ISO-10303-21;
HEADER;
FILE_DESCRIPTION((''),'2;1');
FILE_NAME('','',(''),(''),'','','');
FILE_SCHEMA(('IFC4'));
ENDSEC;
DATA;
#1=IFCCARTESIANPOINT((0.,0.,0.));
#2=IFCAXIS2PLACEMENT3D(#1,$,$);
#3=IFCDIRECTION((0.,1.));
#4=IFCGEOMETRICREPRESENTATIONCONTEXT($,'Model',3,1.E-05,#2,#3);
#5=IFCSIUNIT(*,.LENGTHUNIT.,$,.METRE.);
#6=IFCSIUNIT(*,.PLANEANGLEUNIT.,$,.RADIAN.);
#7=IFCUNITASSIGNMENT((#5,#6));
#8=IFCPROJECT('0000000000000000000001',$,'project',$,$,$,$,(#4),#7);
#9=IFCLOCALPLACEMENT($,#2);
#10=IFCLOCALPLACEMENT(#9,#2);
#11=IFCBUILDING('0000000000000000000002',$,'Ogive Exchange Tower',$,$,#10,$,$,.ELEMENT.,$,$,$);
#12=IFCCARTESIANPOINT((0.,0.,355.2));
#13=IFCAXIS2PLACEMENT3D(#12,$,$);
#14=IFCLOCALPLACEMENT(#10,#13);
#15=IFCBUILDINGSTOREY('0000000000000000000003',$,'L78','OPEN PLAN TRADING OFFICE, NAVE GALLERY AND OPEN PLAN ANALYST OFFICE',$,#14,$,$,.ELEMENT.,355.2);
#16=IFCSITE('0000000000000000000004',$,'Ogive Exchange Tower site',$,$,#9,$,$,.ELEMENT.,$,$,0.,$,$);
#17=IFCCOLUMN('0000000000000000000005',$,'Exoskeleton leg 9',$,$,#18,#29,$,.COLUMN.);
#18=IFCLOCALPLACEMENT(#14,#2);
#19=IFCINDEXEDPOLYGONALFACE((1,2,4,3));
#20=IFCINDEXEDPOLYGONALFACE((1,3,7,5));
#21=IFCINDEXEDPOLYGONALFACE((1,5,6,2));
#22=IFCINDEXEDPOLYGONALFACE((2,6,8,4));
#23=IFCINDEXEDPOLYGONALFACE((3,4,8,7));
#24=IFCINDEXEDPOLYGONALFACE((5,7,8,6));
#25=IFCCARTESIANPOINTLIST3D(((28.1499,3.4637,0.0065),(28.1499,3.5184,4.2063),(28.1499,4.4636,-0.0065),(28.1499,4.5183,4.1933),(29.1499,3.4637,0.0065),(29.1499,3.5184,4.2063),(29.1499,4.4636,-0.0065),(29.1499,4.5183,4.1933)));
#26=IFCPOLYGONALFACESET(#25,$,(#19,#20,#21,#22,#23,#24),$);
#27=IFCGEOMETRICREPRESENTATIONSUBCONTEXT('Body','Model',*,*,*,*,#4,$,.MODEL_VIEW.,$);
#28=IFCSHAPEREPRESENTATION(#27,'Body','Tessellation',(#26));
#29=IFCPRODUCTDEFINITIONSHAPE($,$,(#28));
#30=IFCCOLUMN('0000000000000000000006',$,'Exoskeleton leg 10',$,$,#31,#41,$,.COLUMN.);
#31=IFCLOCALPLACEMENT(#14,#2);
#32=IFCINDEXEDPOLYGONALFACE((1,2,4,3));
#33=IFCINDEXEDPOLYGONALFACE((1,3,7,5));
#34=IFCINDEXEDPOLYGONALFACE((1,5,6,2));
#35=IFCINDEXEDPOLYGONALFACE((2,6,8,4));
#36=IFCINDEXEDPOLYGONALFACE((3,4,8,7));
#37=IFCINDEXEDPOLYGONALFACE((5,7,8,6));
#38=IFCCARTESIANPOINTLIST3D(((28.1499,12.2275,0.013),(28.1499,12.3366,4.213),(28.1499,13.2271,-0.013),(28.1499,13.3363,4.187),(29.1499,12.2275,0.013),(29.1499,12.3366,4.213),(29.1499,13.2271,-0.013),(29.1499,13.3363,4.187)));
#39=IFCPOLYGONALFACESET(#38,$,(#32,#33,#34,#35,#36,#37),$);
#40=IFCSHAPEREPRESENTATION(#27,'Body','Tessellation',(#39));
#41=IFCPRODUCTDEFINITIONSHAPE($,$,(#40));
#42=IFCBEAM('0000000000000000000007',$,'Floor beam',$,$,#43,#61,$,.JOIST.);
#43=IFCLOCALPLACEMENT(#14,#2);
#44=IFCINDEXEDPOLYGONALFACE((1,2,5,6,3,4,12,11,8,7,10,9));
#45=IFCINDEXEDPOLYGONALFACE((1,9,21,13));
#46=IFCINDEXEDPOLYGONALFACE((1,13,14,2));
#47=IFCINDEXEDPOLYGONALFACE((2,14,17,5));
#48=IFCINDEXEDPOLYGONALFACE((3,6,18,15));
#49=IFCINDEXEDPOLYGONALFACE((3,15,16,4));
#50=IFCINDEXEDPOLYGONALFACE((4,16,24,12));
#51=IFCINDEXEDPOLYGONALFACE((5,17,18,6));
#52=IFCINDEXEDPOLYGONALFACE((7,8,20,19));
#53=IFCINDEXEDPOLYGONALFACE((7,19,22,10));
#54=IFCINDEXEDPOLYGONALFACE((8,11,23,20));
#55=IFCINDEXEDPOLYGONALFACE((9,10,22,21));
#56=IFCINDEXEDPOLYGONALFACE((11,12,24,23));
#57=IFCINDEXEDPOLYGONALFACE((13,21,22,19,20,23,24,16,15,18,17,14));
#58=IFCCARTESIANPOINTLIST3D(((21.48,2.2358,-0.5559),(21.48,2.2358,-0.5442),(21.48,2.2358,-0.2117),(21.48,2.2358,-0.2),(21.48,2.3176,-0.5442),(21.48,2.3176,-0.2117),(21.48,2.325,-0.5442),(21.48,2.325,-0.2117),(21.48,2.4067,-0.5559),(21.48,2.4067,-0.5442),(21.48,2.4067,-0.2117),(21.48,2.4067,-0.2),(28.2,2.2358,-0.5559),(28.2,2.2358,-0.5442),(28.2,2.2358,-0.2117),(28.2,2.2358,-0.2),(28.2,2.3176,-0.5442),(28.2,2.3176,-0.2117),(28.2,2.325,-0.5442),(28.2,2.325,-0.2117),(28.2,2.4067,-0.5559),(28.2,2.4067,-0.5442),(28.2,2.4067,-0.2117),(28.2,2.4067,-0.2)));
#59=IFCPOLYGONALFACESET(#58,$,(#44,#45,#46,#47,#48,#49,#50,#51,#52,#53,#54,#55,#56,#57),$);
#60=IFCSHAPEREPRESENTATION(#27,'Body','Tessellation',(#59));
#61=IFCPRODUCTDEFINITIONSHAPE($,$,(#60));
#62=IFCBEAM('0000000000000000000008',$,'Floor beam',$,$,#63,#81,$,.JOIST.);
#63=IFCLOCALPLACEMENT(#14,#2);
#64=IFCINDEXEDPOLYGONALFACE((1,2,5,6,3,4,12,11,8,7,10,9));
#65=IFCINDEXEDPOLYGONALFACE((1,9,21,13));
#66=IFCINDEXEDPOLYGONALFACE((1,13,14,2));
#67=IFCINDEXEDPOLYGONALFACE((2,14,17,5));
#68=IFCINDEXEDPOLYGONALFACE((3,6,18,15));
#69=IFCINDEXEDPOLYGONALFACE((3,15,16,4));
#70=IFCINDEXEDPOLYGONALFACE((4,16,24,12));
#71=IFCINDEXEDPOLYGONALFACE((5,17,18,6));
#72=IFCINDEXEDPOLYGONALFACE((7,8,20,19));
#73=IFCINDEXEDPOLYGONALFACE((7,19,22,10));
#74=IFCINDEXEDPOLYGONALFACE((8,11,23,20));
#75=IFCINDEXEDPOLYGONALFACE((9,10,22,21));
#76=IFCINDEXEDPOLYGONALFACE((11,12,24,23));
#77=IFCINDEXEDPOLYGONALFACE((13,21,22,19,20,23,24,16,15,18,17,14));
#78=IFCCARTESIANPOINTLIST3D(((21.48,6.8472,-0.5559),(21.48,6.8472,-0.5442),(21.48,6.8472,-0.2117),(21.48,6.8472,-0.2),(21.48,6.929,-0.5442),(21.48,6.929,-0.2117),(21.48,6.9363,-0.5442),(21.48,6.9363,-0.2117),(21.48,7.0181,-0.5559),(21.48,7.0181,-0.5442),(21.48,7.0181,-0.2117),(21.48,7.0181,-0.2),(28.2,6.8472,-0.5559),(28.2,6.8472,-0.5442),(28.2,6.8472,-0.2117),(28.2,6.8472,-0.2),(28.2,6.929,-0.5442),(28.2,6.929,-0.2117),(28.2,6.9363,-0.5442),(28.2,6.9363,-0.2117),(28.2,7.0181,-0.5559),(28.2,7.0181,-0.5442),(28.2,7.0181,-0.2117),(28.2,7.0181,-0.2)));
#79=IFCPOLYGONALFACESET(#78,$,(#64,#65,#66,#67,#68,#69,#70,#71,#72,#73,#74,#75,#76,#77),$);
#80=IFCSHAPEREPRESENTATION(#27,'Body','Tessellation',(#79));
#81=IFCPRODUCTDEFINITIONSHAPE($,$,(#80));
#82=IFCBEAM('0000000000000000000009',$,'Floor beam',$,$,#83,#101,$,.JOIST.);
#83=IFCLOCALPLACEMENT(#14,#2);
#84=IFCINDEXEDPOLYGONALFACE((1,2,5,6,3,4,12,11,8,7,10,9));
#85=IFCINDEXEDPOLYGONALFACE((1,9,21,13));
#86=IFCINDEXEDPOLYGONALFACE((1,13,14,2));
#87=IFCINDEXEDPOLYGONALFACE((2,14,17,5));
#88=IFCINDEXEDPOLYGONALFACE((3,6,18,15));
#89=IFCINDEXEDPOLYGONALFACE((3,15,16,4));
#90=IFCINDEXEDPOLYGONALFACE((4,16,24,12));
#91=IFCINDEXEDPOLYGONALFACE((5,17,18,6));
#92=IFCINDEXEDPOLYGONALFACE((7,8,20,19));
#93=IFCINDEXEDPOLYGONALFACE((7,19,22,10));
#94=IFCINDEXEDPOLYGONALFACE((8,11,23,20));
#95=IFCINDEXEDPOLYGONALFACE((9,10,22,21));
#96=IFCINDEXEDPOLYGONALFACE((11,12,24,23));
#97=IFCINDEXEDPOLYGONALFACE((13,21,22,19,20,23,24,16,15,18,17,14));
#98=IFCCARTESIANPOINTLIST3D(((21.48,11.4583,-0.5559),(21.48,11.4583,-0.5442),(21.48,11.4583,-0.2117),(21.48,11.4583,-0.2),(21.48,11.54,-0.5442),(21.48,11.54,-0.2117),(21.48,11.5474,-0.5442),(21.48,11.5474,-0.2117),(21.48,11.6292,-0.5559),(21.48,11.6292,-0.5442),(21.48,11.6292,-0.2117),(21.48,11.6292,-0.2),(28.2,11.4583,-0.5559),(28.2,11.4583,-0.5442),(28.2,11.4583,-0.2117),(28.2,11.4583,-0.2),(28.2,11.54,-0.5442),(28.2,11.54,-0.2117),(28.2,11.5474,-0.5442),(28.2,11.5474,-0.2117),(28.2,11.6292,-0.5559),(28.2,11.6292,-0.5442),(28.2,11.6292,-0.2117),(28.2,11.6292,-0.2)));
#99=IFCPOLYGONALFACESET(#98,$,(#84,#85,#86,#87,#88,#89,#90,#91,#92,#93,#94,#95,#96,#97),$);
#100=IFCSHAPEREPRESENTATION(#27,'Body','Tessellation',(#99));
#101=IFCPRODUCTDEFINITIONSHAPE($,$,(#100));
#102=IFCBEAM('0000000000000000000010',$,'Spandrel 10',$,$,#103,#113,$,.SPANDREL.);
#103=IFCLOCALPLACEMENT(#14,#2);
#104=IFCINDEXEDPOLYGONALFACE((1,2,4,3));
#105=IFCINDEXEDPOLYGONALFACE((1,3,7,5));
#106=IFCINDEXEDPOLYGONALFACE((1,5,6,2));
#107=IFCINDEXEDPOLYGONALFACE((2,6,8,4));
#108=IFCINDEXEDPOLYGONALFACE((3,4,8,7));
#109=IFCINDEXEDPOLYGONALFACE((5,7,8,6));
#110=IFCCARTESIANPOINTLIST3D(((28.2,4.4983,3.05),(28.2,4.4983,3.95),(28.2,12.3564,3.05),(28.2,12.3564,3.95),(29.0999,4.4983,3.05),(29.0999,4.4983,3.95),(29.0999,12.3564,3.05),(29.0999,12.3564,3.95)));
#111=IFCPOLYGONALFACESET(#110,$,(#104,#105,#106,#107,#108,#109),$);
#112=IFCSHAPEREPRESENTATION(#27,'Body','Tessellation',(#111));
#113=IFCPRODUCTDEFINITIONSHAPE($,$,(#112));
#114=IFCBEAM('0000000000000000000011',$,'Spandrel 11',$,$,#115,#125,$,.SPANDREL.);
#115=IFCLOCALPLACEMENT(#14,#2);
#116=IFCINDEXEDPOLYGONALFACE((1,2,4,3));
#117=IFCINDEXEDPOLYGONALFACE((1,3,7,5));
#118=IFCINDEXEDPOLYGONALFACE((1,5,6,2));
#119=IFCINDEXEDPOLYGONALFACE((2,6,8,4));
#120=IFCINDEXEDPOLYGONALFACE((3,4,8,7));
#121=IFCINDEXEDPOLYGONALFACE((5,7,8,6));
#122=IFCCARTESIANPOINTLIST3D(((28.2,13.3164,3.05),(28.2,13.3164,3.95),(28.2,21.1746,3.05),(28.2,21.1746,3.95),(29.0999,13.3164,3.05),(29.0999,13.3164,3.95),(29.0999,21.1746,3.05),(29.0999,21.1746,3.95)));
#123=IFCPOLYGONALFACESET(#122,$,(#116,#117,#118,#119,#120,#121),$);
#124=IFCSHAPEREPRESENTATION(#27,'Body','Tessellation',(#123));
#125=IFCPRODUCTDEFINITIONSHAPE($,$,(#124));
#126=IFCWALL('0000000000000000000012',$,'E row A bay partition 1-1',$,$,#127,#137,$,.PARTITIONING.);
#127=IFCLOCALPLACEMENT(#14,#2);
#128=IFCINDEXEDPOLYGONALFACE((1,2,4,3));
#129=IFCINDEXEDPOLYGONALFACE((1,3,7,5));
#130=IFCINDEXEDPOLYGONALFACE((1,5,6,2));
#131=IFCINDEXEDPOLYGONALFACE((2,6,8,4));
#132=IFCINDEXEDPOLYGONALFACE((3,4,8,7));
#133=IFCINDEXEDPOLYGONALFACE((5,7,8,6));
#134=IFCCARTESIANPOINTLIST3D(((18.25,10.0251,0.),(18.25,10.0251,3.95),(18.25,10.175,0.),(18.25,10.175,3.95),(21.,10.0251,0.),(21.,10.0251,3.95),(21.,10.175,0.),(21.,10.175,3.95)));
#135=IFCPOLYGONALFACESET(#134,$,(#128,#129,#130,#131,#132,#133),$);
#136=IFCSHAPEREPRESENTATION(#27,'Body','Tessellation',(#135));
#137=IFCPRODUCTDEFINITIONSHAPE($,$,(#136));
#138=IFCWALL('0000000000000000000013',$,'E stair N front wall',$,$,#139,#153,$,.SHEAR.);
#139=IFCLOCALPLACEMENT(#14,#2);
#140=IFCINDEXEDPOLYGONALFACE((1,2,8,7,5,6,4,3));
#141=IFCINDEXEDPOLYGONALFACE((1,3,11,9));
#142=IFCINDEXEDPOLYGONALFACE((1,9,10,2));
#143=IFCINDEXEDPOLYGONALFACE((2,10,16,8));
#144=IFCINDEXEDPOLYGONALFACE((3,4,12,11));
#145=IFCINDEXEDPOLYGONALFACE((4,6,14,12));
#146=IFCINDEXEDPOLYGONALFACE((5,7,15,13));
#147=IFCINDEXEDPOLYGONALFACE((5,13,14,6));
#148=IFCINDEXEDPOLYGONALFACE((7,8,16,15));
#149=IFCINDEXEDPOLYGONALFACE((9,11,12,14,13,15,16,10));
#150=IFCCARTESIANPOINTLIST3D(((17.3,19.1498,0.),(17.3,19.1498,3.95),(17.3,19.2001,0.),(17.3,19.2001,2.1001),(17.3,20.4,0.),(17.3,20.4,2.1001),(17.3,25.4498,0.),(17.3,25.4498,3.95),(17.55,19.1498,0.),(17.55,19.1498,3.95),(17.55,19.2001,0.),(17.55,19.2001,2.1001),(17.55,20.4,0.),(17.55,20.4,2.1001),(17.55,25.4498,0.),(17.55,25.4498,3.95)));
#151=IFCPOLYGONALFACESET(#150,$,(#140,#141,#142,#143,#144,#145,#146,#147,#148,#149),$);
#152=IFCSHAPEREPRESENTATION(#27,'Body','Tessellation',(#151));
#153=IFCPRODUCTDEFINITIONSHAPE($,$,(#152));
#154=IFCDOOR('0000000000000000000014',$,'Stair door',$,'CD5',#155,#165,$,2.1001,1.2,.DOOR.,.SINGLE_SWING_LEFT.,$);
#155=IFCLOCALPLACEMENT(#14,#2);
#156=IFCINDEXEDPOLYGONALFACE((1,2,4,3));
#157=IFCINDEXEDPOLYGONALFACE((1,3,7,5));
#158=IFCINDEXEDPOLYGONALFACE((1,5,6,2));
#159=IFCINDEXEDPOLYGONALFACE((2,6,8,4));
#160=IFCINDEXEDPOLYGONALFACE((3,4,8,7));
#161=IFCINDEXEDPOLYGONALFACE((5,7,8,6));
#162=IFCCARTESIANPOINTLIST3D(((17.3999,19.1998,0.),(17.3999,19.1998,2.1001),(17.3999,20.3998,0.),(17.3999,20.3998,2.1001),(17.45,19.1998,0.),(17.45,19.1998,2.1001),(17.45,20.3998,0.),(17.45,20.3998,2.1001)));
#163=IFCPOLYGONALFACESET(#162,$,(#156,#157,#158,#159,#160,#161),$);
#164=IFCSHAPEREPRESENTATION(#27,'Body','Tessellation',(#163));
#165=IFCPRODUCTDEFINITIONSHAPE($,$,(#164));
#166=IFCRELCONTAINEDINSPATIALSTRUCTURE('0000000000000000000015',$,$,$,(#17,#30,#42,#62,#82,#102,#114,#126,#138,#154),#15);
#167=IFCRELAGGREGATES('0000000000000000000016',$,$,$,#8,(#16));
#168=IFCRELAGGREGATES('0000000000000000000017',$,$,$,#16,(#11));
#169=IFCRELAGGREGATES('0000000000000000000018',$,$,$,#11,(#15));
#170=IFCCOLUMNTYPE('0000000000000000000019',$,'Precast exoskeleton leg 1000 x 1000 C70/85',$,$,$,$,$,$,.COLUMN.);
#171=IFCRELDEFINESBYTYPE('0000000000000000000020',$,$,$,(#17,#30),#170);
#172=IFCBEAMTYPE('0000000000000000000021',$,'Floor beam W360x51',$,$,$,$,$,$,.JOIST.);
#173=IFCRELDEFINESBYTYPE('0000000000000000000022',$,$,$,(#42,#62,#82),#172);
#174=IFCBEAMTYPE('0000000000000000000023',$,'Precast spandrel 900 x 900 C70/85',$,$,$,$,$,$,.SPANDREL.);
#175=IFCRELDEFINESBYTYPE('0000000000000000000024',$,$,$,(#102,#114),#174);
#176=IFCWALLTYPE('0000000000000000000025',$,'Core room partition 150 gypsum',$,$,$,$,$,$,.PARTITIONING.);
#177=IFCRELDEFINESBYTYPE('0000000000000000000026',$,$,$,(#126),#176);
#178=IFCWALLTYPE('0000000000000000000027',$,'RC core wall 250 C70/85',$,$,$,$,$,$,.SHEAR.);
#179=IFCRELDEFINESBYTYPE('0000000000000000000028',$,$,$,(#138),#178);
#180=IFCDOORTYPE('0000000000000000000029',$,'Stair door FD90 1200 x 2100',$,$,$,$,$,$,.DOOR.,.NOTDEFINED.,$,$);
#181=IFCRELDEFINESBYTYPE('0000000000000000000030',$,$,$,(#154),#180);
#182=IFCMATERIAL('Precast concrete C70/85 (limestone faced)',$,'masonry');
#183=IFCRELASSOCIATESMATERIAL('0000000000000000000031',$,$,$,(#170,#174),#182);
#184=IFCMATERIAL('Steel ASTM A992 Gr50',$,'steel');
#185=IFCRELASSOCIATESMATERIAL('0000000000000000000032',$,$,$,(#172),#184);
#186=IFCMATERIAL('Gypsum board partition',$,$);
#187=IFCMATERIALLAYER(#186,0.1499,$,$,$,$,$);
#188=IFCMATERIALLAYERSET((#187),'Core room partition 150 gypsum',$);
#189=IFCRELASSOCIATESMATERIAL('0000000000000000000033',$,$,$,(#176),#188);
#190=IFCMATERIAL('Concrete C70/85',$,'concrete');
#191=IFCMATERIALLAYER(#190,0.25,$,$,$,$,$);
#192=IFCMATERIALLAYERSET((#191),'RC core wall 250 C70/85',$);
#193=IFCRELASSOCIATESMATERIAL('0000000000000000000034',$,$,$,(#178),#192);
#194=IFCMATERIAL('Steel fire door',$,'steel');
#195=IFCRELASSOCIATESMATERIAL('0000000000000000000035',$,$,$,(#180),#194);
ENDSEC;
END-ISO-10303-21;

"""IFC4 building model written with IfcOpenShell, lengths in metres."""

from ifc_helpers import new_model, si_unit, direction, frame, frame_2d, origin, origin_2d, place, context, subcontext, project, spatial, rectangle, i_section, extrude, material, layer, layer_set, material_profile, profile_set, type_object, element, fill, save


model = new_model("IFC4")

# Units and contexts
model_context = context("Model", 3, precision=1e-05, world=origin(), true_north=direction((0.0, 1.0)))
body_context = subcontext(model_context, "Body", "Model", "MODEL_VIEW")
ifc_project = project(units=[si_unit("LENGTHUNIT", "METRE"), si_unit("PLANEANGLEUNIT", "RADIAN")], contexts=[model_context])

# Site, building, storey
site_placement = place(None, origin())
site = spatial("IfcSite", under=ifc_project, at=site_placement, Name="Ogive Exchange Tower site", CompositionType="ELEMENT", RefElevation=0.0)
building_placement = place(site_placement, origin())
building = spatial("IfcBuilding", under=site, at=building_placement, Name="Ogive Exchange Tower", CompositionType="ELEMENT")
storey_placement = place(building_placement, frame((0.0, 0.0, 355.2)))
storey = spatial("IfcBuildingStorey", under=building, at=storey_placement, Name="L78", Description="OPEN PLAN TRADING OFFICE, NAVE GALLERY AND OPEN PLAN ANALYST OFFICE", CompositionType="ELEMENT", Elevation=355.2)

# Columns
ifc_material_1 = material(Name="Precast concrete C70/85 (limestone faced)", Category="masonry")
ifc_material_profile_1 = material_profile(ifc_material_1, rectangle(XDim=1.0, YDim=1.0, at=origin_2d()), Name="1000 x 1000")
ifc_profile_set_1 = profile_set([ifc_material_profile_1], Name="Precast concrete C70/85 (limestone faced)")
column_type = type_object("IfcColumnType", Name="Precast exoskeleton leg 1000 x 1000 C70/85", PredefinedType="COLUMN", material=ifc_profile_set_1)
column_1_placement = place(storey_placement, frame((28.6499, 3.9636, 0.0), z_axis=(0.0, 0.01302, 0.999915), x_axis=(-1.0, 0.0, 0.0)))
element("IfcColumn", 1, at=column_1_placement, inside=storey, type_object=column_type, Name="Exoskeleton leg 9", PredefinedType="COLUMN", context=body_context, shape_type="SweptSolid", body=[
    extrude(rectangle(XDim=1.0, YDim=1.0, at=origin_2d()), origin(), (0.0, 0.0, 1.0), 4.2002),
])
column_2_placement = place(storey_placement, frame((28.6499, 12.7273, 0.0), z_axis=(0.0, 0.025975, 0.999663), x_axis=(-1.0, 0.0, 0.0)))
element("IfcColumn", 2, at=column_2_placement, inside=storey, type_object=column_type, Name="Exoskeleton leg 10", PredefinedType="COLUMN", context=body_context, shape_type="SweptSolid", body=[
    extrude(rectangle(XDim=1.0, YDim=1.0, at=origin_2d()), origin(), (0.0, 0.0, 1.0), 4.2014),
])

# Beams
ifc_material_2 = material(Name="Steel ASTM A992 Gr50", Category="steel")
ifc_material_profile_2 = material_profile(ifc_material_2, i_section(OverallWidth=0.1709, OverallDepth=0.356, WebThickness=0.0073, FlangeThickness=0.0117, at=origin_2d()), Name="W360x51")
ifc_profile_set_2 = profile_set([ifc_material_profile_2], Name="Steel ASTM A992 Gr50")
beam_type_1 = type_object("IfcBeamType", Name="Floor beam W360x51", PredefinedType="JOIST", material=ifc_profile_set_2)
for number, where, z_axis, x_axis, name in (
    (3, (21.48, 2.3213, -0.3779), (1.0, 0.0, 0.0), (0.0, 1.0, 0.0), "Floor beam"),
    (4, (21.48, 6.9326, -0.3779), (1.0, 0.0, 0.0), (0.0, 1.0, 0.0), "Floor beam"),
    (5, (21.48, 11.5437, -0.3779), (1.0, 0.0, 0.0), (0.0, 1.0, 0.0), "Floor beam"),
):
    element("IfcBeam", number, at=place(storey_placement, frame(where, z_axis=z_axis, x_axis=x_axis)), inside=storey, type_object=beam_type_1, Name=name, PredefinedType="JOIST", context=body_context, shape_type="SweptSolid", body=[
        extrude(i_section(OverallWidth=0.1709, OverallDepth=0.356, WebThickness=0.0073, FlangeThickness=0.0117, at=origin_2d()), origin(), (0.0, 0.0, 1.0), 6.72),
    ])
ifc_material_profile_3 = material_profile(ifc_material_1, rectangle(XDim=0.8999, YDim=0.8999, at=origin_2d()), Name="900 x 900")
ifc_profile_set_3 = profile_set([ifc_material_profile_3], Name="Precast concrete C70/85 (limestone faced)")
beam_type_2 = type_object("IfcBeamType", Name="Precast spandrel 900 x 900 C70/85", PredefinedType="SPANDREL", material=ifc_profile_set_3)
for number, where, z_axis, x_axis, name in (
    (6, (28.6499, 4.4983, 3.5), (0.0, 1.0, 0.0), (-1.0, 0.0, 0.0), "Spandrel 10"),
    (7, (28.6499, 13.3164, 3.5), (0.0, 1.0, 0.0), (-1.0, 0.0, 0.0), "Spandrel 11"),
):
    element("IfcBeam", number, at=place(storey_placement, frame(where, z_axis=z_axis, x_axis=x_axis)), inside=storey, type_object=beam_type_2, Name=name, PredefinedType="SPANDREL", context=body_context, shape_type="SweptSolid", body=[
        extrude(rectangle(XDim=0.8999, YDim=0.8999, at=origin_2d()), origin(), (0.0, 0.0, 1.0), 7.8582),
    ])

# Wall
ifc_material_3 = material(Name="Gypsum board partition")
ifc_layer_1 = layer(ifc_material_3, 0.1499)
ifc_layer_set_1 = layer_set([ifc_layer_1], Name="Core room partition 150 gypsum")
wall_type_1 = type_object("IfcWallType", Name="Core room partition 150 gypsum", PredefinedType="PARTITIONING", material=ifc_layer_set_1)
wall_1_placement = place(storey_placement, frame((18.25, 10.1001, 0.0), z_axis=(0.0, 0.0, 1.0), x_axis=(1.0, 0.0, 0.0)))
element("IfcWall", 8, at=wall_1_placement, inside=storey, type_object=wall_type_1, Name="E row A bay partition 1-1", PredefinedType="PARTITIONING", context=body_context, shape_type="SweptSolid", body=[
    extrude(rectangle(XDim=2.75, YDim=0.1499, at=frame_2d((1.375, 0.0))), origin(), (0.0, 0.0, 1.0), 3.95),
])

# Wall, opening, door
ifc_material_4 = material(Name="Concrete C70/85", Category="concrete")
ifc_layer_2 = layer(ifc_material_4, 0.25)
ifc_layer_set_2 = layer_set([ifc_layer_2], Name="RC core wall 250 C70/85")
wall_type_2 = type_object("IfcWallType", Name="RC core wall 250 C70/85", PredefinedType="SHEAR", material=ifc_layer_set_2)
wall_2_placement = place(storey_placement, frame((17.425, 19.1499, 0.0), z_axis=(0.0, 0.0, 1.0), x_axis=(0.0, 1.0, 0.0)))
wall_2 = element("IfcWall", 9, at=wall_2_placement, inside=storey, type_object=wall_type_2, Name="E stair N front wall", PredefinedType="SHEAR", context=body_context, shape_type="SweptSolid", body=[
    extrude(rectangle(XDim=6.3, YDim=0.25, at=frame_2d((3.1499, 0.0))), origin(), (0.0, 0.0, 1.0), 3.95),
])
opening_1_placement = place(wall_2_placement, frame((0.05, 0.0, 0.0)))
opening_1 = element("IfcOpeningElement", 10, at=opening_1_placement, cuts=wall_2, PredefinedType="OPENING", context=body_context, shape_type="SweptSolid", body=[
    extrude(rectangle(XDim=1.2, YDim=2.1001, at=frame_2d((0.6001, 1.05))), frame((0.0, 0.135, 0.0), z_axis=(0.0, -1.0, 0.0), x_axis=(1.0, 0.0, 0.0)), (0.0, 0.0, 1.0), 0.27),
])
ifc_material_5 = material(Name="Steel fire door", Category="steel")
door_type_1 = type_object("IfcDoorType", Name="Stair door FD90 1200 x 2100", OperationType="NOTDEFINED", PredefinedType="DOOR", material=ifc_material_5)
door_1_placement = place(opening_1_placement, frame((1.2, 0.0, 0.0), z_axis=(0.0, 0.0, 1.0), x_axis=(-1.0, 0.0, 0.0)))
door_1 = element("IfcDoor", 11, at=door_1_placement, inside=storey, type_object=door_type_1, Name="Stair door", ObjectType="CD5", OperationType="SINGLE_SWING_LEFT", OverallHeight=2.1001, OverallWidth=1.2, PredefinedType="DOOR", context=body_context, shape_type="SweptSolid", body=[
    extrude(rectangle(XDim=1.2, YDim=2.1001, at=frame_2d((0.6001, 1.05))), frame((0.0, 0.0249, 0.0), z_axis=(0.0, -1.0, 0.0), x_axis=(1.0, 0.0, 0.0)), (0.0, 0.0, 1.0), 0.05),
])
fill(opening_1, door_1)

save(model, "model.ifc")
